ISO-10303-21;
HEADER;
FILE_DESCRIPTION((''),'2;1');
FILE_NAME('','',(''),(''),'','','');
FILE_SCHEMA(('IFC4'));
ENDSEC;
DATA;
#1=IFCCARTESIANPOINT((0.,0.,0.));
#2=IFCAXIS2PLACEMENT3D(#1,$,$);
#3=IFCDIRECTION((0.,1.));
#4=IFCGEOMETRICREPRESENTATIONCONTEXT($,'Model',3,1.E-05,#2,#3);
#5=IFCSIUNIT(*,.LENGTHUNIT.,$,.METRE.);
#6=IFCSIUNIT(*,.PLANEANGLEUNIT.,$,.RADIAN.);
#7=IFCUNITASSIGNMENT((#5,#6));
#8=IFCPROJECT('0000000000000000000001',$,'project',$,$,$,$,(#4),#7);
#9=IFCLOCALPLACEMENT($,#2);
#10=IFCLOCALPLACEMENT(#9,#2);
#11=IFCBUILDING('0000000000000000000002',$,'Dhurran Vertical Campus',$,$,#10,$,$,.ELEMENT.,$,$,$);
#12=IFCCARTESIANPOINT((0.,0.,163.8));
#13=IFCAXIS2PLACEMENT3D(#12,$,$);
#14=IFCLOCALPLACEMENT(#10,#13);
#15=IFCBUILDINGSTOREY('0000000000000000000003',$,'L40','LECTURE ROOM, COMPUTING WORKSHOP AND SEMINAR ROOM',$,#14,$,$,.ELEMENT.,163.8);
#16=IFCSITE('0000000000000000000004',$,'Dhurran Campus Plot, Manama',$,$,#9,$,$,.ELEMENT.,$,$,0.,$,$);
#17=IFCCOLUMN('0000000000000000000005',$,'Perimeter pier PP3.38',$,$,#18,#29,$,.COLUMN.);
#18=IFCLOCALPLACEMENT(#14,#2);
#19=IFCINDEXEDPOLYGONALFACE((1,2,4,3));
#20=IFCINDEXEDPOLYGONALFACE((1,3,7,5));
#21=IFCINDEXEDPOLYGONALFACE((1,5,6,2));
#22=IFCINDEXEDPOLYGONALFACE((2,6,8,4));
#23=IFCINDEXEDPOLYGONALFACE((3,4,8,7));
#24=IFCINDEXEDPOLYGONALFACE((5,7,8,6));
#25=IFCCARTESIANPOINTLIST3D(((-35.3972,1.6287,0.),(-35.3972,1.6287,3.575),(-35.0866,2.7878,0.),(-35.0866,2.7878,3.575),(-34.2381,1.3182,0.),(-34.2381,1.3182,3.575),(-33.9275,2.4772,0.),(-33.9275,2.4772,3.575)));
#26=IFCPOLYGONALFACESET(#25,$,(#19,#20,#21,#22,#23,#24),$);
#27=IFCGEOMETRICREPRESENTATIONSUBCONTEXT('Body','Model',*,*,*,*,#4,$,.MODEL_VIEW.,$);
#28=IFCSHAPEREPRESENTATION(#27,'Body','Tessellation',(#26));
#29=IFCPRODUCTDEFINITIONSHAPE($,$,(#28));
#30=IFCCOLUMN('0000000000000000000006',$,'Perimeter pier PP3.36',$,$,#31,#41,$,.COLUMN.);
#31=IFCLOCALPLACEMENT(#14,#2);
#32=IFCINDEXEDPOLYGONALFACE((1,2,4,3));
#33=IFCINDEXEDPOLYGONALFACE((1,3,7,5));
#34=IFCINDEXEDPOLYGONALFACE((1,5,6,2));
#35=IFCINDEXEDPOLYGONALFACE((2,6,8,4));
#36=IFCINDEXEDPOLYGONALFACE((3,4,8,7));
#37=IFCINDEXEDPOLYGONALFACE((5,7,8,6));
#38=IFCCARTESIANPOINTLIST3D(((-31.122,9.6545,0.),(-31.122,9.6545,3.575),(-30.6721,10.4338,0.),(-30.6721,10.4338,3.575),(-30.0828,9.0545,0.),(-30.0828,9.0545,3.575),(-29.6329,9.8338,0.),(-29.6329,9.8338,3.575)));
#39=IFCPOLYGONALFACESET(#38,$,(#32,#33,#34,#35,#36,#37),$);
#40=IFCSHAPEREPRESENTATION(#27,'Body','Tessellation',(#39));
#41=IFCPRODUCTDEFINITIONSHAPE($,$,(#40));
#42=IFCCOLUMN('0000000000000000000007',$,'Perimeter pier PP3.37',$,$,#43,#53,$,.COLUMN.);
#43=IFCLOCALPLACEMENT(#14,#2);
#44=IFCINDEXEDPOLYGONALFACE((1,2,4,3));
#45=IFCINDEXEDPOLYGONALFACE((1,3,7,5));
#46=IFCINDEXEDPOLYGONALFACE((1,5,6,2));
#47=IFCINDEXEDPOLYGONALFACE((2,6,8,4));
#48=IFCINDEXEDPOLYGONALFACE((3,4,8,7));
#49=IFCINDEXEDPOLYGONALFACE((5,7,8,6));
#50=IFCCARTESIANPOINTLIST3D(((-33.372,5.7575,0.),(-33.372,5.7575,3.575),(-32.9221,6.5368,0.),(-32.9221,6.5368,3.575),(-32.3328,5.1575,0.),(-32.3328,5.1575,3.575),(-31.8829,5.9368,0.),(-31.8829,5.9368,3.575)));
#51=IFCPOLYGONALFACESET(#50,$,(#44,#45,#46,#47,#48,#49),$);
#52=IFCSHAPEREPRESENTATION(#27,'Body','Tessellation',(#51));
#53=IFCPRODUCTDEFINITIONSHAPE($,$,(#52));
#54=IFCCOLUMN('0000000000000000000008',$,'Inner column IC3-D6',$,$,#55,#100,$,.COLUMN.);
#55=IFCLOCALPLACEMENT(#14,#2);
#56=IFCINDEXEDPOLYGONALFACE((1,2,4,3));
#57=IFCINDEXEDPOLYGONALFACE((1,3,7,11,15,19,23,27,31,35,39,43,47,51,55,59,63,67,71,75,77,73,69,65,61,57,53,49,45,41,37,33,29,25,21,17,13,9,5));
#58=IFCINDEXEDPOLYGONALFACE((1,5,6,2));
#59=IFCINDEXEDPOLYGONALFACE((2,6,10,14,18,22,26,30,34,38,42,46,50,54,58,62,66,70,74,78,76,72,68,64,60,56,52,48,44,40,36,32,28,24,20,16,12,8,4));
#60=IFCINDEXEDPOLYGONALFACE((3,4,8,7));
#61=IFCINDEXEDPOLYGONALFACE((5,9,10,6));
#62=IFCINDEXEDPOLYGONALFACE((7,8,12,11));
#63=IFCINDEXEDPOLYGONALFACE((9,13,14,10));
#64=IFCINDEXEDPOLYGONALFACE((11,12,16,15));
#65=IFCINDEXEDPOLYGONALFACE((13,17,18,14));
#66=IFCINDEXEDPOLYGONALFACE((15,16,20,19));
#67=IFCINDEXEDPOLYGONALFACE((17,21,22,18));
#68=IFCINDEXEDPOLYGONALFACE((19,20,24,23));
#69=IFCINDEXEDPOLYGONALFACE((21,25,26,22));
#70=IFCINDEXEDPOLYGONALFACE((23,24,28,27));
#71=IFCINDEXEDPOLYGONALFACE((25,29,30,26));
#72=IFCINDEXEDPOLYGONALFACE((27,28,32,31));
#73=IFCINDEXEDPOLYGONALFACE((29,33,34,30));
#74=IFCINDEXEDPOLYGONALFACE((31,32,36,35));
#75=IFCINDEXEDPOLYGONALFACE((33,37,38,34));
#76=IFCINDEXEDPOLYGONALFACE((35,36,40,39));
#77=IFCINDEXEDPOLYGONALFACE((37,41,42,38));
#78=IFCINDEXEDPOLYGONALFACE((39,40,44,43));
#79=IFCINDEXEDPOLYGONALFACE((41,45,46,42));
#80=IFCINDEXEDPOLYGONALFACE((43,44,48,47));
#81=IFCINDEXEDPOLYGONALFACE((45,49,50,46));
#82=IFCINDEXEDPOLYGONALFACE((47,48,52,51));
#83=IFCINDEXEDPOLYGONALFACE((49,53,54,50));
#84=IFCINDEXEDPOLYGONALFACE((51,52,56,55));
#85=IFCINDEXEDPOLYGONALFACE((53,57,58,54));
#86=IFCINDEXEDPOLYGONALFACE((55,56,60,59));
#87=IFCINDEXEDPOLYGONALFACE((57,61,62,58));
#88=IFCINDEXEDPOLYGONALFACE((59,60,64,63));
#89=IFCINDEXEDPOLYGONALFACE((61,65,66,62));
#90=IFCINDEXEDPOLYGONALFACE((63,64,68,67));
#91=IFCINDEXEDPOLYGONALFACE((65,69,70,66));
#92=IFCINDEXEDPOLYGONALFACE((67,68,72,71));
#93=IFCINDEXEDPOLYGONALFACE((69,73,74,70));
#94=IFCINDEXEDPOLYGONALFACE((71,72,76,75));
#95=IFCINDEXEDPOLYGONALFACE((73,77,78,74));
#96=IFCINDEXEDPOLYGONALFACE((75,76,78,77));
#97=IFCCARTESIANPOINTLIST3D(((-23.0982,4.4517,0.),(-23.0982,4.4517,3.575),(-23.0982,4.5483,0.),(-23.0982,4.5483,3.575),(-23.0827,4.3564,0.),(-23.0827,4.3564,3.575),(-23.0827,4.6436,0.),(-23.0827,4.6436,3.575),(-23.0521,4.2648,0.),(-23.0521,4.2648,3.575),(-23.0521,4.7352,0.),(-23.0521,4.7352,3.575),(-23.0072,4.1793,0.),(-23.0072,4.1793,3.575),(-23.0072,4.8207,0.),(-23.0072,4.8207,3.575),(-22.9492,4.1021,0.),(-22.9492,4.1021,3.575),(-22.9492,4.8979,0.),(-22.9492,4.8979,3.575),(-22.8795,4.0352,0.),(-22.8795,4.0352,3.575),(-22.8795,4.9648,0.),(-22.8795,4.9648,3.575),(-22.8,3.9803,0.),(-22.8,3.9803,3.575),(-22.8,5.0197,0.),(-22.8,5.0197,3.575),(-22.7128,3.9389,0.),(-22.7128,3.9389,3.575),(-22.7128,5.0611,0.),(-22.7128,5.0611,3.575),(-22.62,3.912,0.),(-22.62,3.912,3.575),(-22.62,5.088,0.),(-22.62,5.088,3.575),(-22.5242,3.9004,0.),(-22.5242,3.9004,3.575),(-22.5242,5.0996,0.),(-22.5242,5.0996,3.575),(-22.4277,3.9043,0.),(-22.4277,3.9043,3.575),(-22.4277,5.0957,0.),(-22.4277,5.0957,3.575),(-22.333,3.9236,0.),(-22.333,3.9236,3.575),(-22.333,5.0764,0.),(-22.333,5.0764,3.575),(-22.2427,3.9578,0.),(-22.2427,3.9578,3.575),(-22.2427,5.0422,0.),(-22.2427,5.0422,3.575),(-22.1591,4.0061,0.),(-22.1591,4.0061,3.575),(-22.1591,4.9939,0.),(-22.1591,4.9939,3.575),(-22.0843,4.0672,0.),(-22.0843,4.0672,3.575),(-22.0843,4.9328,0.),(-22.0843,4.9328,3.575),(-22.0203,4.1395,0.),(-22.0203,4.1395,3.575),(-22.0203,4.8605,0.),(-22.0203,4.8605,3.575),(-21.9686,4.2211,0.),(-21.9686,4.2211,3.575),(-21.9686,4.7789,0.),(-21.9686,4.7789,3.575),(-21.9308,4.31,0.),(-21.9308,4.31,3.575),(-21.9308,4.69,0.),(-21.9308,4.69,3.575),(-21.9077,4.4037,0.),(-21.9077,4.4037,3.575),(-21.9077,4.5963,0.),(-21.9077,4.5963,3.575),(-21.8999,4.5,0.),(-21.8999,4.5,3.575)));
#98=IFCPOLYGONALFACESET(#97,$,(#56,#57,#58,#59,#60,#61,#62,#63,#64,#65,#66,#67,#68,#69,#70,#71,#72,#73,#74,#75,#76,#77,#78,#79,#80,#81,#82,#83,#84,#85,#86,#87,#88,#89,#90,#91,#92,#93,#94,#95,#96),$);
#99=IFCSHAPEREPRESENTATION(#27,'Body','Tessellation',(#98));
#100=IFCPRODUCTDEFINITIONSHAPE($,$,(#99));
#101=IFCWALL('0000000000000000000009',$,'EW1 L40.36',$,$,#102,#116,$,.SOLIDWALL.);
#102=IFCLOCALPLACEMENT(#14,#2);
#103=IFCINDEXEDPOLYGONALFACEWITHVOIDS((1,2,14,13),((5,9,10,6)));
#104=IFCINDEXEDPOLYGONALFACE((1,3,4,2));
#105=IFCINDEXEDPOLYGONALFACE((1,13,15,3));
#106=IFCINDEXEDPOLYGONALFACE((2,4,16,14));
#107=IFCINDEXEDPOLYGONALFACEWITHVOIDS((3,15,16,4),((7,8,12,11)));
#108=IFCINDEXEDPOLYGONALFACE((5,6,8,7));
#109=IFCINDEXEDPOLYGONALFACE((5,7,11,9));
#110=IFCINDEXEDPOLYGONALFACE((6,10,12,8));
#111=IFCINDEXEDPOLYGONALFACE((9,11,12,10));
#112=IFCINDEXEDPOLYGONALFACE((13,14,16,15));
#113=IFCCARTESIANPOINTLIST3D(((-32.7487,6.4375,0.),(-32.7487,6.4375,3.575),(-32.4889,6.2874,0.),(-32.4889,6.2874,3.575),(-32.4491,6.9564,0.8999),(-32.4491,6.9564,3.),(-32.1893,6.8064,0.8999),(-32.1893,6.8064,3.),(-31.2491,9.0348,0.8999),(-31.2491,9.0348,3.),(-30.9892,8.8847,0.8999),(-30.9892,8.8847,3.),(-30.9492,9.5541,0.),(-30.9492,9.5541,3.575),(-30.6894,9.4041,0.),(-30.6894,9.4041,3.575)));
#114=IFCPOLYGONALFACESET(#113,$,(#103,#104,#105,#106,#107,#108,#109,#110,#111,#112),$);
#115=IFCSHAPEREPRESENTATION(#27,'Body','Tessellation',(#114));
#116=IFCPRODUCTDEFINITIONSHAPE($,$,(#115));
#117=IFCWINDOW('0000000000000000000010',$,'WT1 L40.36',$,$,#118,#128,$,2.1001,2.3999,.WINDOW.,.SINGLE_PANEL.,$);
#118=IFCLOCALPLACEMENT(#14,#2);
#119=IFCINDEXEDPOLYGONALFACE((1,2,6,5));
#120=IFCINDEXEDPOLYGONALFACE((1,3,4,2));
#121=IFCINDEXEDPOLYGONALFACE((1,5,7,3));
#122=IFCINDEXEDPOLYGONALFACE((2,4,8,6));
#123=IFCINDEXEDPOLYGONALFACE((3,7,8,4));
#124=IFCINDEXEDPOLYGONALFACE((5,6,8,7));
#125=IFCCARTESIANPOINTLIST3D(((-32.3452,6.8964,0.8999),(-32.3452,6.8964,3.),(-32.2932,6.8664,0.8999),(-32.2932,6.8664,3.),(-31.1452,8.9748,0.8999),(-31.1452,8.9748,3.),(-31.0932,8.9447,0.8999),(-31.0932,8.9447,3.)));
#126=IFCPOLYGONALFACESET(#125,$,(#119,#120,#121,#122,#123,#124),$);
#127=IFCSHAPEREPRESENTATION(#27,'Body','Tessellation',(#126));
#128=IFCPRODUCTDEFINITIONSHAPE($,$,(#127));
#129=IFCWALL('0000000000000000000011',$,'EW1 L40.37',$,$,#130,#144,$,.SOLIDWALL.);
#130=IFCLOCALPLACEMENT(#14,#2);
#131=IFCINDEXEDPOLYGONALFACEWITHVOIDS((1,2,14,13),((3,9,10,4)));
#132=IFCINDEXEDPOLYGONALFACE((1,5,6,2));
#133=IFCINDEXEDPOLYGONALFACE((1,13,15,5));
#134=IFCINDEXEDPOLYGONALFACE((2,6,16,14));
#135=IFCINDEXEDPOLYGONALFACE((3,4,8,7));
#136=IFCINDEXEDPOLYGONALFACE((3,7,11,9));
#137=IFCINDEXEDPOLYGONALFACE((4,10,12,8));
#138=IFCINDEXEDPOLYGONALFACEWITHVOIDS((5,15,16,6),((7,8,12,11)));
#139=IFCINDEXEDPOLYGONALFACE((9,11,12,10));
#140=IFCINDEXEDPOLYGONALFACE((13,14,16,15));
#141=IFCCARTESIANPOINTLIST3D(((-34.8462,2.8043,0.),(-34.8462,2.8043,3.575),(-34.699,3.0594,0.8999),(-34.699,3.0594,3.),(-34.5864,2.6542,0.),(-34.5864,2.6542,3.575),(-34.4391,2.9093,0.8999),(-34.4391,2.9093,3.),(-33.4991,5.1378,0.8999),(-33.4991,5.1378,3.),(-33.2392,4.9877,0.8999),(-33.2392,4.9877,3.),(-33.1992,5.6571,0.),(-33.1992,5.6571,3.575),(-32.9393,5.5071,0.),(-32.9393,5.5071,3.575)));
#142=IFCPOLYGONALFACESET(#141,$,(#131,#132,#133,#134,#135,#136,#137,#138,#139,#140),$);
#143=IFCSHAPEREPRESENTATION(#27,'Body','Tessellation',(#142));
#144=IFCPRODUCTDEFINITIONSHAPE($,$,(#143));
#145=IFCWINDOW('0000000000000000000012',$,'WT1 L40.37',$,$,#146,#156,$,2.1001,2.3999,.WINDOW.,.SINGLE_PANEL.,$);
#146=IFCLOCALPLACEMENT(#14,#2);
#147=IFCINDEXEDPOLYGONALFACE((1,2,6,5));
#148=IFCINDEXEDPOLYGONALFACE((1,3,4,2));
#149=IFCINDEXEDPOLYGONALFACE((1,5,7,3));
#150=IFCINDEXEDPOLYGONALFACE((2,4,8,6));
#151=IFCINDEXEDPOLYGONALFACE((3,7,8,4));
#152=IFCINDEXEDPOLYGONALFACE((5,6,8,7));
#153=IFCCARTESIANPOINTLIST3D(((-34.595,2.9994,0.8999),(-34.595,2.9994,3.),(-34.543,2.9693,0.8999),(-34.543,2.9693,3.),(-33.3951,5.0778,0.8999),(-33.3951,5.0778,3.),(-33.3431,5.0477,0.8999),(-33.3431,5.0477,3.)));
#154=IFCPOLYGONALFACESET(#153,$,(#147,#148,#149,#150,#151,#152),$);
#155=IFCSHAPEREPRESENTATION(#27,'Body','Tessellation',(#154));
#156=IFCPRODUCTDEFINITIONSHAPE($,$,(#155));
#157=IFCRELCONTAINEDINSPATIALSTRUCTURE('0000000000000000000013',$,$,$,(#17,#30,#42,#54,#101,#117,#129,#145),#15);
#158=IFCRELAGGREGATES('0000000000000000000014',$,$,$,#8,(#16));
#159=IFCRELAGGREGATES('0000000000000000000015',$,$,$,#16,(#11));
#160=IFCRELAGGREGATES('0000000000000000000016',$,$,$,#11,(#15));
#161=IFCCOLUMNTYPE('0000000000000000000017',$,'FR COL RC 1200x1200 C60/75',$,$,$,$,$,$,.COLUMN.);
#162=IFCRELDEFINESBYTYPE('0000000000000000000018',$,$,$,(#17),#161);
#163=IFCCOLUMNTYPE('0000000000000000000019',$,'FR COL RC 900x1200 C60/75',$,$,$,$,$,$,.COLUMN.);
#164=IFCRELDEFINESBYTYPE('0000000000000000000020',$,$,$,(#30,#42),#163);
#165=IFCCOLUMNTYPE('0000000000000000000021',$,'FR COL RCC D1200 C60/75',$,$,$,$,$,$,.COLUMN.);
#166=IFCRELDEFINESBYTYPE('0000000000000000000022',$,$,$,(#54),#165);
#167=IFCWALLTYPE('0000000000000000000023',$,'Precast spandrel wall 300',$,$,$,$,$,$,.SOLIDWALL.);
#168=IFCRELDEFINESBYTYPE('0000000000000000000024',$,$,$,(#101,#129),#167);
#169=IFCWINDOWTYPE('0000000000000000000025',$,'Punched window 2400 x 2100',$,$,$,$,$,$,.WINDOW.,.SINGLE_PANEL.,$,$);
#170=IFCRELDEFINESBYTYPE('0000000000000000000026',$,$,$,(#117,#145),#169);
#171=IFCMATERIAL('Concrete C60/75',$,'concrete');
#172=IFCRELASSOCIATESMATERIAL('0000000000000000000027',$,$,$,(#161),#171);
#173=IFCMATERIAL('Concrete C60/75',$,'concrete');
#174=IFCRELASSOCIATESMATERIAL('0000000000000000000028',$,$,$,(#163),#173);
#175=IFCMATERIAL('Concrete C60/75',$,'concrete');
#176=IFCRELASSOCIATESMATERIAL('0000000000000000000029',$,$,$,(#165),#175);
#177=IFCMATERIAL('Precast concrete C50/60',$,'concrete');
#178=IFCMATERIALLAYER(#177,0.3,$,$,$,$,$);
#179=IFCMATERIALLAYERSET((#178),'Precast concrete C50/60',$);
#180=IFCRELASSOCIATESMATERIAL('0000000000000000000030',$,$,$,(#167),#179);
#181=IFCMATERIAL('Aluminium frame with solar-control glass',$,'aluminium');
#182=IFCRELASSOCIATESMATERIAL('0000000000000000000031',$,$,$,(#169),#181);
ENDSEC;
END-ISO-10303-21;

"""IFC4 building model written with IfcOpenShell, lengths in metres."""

from ifc_helpers import new_model, si_unit, direction, frame, frame_2d, origin, origin_2d, place, context, subcontext, project, spatial, rectangle, circle, extrude, material, layer, layer_set, material_profile, profile_set, type_object, element, fill, save


model = new_model("IFC4")

# Units and contexts
model_context = context("Model", 3, precision=1e-05, world=origin(), true_north=direction((0.0, 1.0)))
body_context = subcontext(model_context, "Body", "Model", "MODEL_VIEW")
ifc_project = project(units=[si_unit("LENGTHUNIT", "METRE"), si_unit("PLANEANGLEUNIT", "RADIAN")], contexts=[model_context])

# Site, building, storey
site_placement = place(None, origin())
site = spatial("IfcSite", under=ifc_project, at=site_placement, Name="Dhurran Campus Plot, Manama", CompositionType="ELEMENT", RefElevation=0.0)
building_placement = place(site_placement, origin())
building = spatial("IfcBuilding", under=site, at=building_placement, Name="Dhurran Vertical Campus", CompositionType="ELEMENT")
storey_placement = place(building_placement, frame((0.0, 0.0, 163.8)))
storey = spatial("IfcBuildingStorey", under=building, at=storey_placement, Name="L40", Description="LECTURE ROOM, COMPUTING WORKSHOP AND SEMINAR ROOM", CompositionType="ELEMENT", Elevation=163.8)

# Columns
ifc_material_1 = material(Name="Concrete C60/75", Category="concrete")
ifc_material_profile_1 = material_profile(ifc_material_1, rectangle(XDim=1.2, YDim=1.2, at=origin_2d()), Name="RC 1200x1200")
ifc_profile_set_1 = profile_set([ifc_material_profile_1], Name="Concrete C60/75")
column_type_1 = type_object("IfcColumnType", Name="FR COL RC 1200x1200 C60/75", PredefinedType="COLUMN", material=ifc_profile_set_1)
column_1_placement = place(storey_placement, frame((-34.6624, 2.053, 0.0), z_axis=(0.0, 0.0, 1.0), x_axis=(-0.258819, -0.965926, 0.0)))
element("IfcColumn", 1, at=column_1_placement, inside=storey, type_object=column_type_1, Name="Perimeter pier PP3.38", PredefinedType="COLUMN", context=body_context, shape_type="SweptSolid", body=[
    extrude(rectangle(XDim=1.2, YDim=1.2, at=origin_2d()), origin(), (0.0, 0.0, 1.0), 3.575),
])
ifc_material_2 = material(Name="Concrete C60/75", Category="concrete")
ifc_material_profile_2 = material_profile(ifc_material_2, rectangle(XDim=0.8999, YDim=1.2, at=origin_2d()), Name="RC 900x1200")
ifc_profile_set_2 = profile_set([ifc_material_profile_2], Name="Concrete C60/75")
column_type_2 = type_object("IfcColumnType", Name="FR COL RC 900x1200 C60/75", PredefinedType="COLUMN", material=ifc_profile_set_2)
for number, where, z_axis, x_axis, name in (
    (2, (-30.3774, 9.7441, 0.0), (0.0, 0.0, 1.0), (-0.5, -0.866025, 0.0), "Perimeter pier PP3.36"),
    (3, (-32.6274, 5.8472, 0.0), (0.0, 0.0, 1.0), (-0.5, -0.866025, 0.0), "Perimeter pier PP3.37"),
):
    element("IfcColumn", number, at=place(storey_placement, frame(where, z_axis=z_axis, x_axis=x_axis)), inside=storey, type_object=column_type_2, Name=name, PredefinedType="COLUMN", context=body_context, shape_type="SweptSolid", body=[
        extrude(rectangle(XDim=0.8999, YDim=1.2, at=origin_2d()), origin(), (0.0, 0.0, 1.0), 3.575),
    ])
ifc_material_3 = material(Name="Concrete C60/75", Category="concrete")
ifc_material_profile_3 = material_profile(ifc_material_3, circle(Radius=0.6001, at=origin_2d()), Name="RCC D1200")
ifc_profile_set_3 = profile_set([ifc_material_profile_3], Name="Concrete C60/75")
column_type_3 = type_object("IfcColumnType", Name="FR COL RCC D1200 C60/75", PredefinedType="COLUMN", material=ifc_profile_set_3)
column_2_placement = place(storey_placement, frame((-22.5, 4.5, 0.0), z_axis=(0.0, 0.0, 1.0), x_axis=(1.0, 0.0, 0.0)))
element("IfcColumn", 4, at=column_2_placement, inside=storey, type_object=column_type_3, Name="Inner column IC3-D6", PredefinedType="COLUMN", context=body_context, shape_type="SweptSolid", body=[
    extrude(circle(Radius=0.6001, at=origin_2d()), origin(), (0.0, 0.0, 1.0), 3.575),
])

# Walls, openings, windows
ifc_material_4 = material(Name="Precast concrete C50/60", Category="concrete")
ifc_layer_1 = layer(ifc_material_4, 0.3)
ifc_layer_set_1 = layer_set([ifc_layer_1], Name="Precast concrete C50/60")
wall_type_1 = type_object("IfcWallType", Name="Precast spandrel wall 300", PredefinedType="SOLIDWALL", material=ifc_layer_set_1)
wall_1_placement = place(storey_placement, frame((-30.8193, 9.479, 0.0), z_axis=(0.0, 0.0, 1.0), x_axis=(-0.500028, -0.866009, 0.0)))
wall_1 = element("IfcWall", 5, at=wall_1_placement, inside=storey, type_object=wall_type_1, Name="EW1 L40.36", PredefinedType="SOLIDWALL", context=body_context, shape_type="SweptSolid", body=[
    extrude(rectangle(XDim=3.5989, YDim=0.3, at=frame_2d((1.7993, 0.0))), origin(), (0.0, 0.0, 1.0), 3.575),
])
opening_1_placement = place(wall_1_placement, frame((0.5996, 0.0, 0.8999)))
opening_1 = element("IfcOpeningElement", 6, at=opening_1_placement, cuts=wall_1, PredefinedType="OPENING", context=body_context, shape_type="SweptSolid", body=[
    extrude(rectangle(XDim=2.3999, YDim=2.1001, at=frame_2d((1.2, 1.05))), frame((0.0, 0.1599, 0.0), z_axis=(0.0, -1.0, 0.0), x_axis=(1.0, 0.0, 0.0)), (0.0, 0.0, 1.0), 0.3201),
])
ifc_material_5 = material(Name="Aluminium frame with solar-control glass", Category="aluminium")
window_type = type_object("IfcWindowType", Name="Punched window 2400 x 2100", PartitioningType="SINGLE_PANEL", PredefinedType="WINDOW", material=ifc_material_5)
window_1_placement = place(opening_1_placement, origin())
window_1 = element("IfcWindow", 7, at=window_1_placement, inside=storey, type_object=window_type, Name="WT1 L40.36", OverallHeight=2.1001, OverallWidth=2.3999, PartitioningType="SINGLE_PANEL", PredefinedType="WINDOW", context=body_context, shape_type="SweptSolid", body=[
    extrude(rectangle(XDim=2.3999, YDim=2.1001, at=frame_2d((1.2, 1.05))), frame((0.0, 0.03, 0.0), z_axis=(0.0, -1.0, 0.0), x_axis=(1.0, 0.0, 0.0)), (0.0, 0.0, 1.0), 0.0601),
])
fill(opening_1, window_1)
wall_2_placement = place(storey_placement, frame((-33.0693, 5.582, 0.0), z_axis=(0.0, 0.0, 1.0), x_axis=(-0.499981, -0.866036, 0.0)))
wall_2 = element("IfcWall", 8, at=wall_2_placement, inside=storey, type_object=wall_type_1, Name="EW1 L40.37", PredefinedType="SOLIDWALL", context=body_context, shape_type="SweptSolid", body=[
    extrude(rectangle(XDim=3.2942, YDim=0.3, at=frame_2d((1.647, 0.0))), origin(), (0.0, 0.0, 1.0), 3.575),
])
opening_2_placement = place(wall_2_placement, frame((0.5996, 0.0, 0.8999)))
opening_2 = element("IfcOpeningElement", 9, at=opening_2_placement, cuts=wall_2, PredefinedType="OPENING", context=body_context, shape_type="SweptSolid", body=[
    extrude(rectangle(XDim=2.3999, YDim=2.1001, at=frame_2d((1.2, 1.05))), frame((0.0, 0.1599, 0.0), z_axis=(0.0, -1.0, 0.0), x_axis=(1.0, 0.0, 0.0)), (0.0, 0.0, 1.0), 0.3201),
])
window_2_placement = place(opening_2_placement, origin())
window_2 = element("IfcWindow", 10, at=window_2_placement, inside=storey, type_object=window_type, Name="WT1 L40.37", OverallHeight=2.1001, OverallWidth=2.3999, PartitioningType="SINGLE_PANEL", PredefinedType="WINDOW", context=body_context, shape_type="SweptSolid", body=[
    extrude(rectangle(XDim=2.3999, YDim=2.1001, at=frame_2d((1.2, 1.05))), frame((0.0, 0.03, 0.0), z_axis=(0.0, -1.0, 0.0), x_axis=(1.0, 0.0, 0.0)), (0.0, 0.0, 1.0), 0.0601),
])
fill(opening_2, window_2)

save(model, "model.ifc")
